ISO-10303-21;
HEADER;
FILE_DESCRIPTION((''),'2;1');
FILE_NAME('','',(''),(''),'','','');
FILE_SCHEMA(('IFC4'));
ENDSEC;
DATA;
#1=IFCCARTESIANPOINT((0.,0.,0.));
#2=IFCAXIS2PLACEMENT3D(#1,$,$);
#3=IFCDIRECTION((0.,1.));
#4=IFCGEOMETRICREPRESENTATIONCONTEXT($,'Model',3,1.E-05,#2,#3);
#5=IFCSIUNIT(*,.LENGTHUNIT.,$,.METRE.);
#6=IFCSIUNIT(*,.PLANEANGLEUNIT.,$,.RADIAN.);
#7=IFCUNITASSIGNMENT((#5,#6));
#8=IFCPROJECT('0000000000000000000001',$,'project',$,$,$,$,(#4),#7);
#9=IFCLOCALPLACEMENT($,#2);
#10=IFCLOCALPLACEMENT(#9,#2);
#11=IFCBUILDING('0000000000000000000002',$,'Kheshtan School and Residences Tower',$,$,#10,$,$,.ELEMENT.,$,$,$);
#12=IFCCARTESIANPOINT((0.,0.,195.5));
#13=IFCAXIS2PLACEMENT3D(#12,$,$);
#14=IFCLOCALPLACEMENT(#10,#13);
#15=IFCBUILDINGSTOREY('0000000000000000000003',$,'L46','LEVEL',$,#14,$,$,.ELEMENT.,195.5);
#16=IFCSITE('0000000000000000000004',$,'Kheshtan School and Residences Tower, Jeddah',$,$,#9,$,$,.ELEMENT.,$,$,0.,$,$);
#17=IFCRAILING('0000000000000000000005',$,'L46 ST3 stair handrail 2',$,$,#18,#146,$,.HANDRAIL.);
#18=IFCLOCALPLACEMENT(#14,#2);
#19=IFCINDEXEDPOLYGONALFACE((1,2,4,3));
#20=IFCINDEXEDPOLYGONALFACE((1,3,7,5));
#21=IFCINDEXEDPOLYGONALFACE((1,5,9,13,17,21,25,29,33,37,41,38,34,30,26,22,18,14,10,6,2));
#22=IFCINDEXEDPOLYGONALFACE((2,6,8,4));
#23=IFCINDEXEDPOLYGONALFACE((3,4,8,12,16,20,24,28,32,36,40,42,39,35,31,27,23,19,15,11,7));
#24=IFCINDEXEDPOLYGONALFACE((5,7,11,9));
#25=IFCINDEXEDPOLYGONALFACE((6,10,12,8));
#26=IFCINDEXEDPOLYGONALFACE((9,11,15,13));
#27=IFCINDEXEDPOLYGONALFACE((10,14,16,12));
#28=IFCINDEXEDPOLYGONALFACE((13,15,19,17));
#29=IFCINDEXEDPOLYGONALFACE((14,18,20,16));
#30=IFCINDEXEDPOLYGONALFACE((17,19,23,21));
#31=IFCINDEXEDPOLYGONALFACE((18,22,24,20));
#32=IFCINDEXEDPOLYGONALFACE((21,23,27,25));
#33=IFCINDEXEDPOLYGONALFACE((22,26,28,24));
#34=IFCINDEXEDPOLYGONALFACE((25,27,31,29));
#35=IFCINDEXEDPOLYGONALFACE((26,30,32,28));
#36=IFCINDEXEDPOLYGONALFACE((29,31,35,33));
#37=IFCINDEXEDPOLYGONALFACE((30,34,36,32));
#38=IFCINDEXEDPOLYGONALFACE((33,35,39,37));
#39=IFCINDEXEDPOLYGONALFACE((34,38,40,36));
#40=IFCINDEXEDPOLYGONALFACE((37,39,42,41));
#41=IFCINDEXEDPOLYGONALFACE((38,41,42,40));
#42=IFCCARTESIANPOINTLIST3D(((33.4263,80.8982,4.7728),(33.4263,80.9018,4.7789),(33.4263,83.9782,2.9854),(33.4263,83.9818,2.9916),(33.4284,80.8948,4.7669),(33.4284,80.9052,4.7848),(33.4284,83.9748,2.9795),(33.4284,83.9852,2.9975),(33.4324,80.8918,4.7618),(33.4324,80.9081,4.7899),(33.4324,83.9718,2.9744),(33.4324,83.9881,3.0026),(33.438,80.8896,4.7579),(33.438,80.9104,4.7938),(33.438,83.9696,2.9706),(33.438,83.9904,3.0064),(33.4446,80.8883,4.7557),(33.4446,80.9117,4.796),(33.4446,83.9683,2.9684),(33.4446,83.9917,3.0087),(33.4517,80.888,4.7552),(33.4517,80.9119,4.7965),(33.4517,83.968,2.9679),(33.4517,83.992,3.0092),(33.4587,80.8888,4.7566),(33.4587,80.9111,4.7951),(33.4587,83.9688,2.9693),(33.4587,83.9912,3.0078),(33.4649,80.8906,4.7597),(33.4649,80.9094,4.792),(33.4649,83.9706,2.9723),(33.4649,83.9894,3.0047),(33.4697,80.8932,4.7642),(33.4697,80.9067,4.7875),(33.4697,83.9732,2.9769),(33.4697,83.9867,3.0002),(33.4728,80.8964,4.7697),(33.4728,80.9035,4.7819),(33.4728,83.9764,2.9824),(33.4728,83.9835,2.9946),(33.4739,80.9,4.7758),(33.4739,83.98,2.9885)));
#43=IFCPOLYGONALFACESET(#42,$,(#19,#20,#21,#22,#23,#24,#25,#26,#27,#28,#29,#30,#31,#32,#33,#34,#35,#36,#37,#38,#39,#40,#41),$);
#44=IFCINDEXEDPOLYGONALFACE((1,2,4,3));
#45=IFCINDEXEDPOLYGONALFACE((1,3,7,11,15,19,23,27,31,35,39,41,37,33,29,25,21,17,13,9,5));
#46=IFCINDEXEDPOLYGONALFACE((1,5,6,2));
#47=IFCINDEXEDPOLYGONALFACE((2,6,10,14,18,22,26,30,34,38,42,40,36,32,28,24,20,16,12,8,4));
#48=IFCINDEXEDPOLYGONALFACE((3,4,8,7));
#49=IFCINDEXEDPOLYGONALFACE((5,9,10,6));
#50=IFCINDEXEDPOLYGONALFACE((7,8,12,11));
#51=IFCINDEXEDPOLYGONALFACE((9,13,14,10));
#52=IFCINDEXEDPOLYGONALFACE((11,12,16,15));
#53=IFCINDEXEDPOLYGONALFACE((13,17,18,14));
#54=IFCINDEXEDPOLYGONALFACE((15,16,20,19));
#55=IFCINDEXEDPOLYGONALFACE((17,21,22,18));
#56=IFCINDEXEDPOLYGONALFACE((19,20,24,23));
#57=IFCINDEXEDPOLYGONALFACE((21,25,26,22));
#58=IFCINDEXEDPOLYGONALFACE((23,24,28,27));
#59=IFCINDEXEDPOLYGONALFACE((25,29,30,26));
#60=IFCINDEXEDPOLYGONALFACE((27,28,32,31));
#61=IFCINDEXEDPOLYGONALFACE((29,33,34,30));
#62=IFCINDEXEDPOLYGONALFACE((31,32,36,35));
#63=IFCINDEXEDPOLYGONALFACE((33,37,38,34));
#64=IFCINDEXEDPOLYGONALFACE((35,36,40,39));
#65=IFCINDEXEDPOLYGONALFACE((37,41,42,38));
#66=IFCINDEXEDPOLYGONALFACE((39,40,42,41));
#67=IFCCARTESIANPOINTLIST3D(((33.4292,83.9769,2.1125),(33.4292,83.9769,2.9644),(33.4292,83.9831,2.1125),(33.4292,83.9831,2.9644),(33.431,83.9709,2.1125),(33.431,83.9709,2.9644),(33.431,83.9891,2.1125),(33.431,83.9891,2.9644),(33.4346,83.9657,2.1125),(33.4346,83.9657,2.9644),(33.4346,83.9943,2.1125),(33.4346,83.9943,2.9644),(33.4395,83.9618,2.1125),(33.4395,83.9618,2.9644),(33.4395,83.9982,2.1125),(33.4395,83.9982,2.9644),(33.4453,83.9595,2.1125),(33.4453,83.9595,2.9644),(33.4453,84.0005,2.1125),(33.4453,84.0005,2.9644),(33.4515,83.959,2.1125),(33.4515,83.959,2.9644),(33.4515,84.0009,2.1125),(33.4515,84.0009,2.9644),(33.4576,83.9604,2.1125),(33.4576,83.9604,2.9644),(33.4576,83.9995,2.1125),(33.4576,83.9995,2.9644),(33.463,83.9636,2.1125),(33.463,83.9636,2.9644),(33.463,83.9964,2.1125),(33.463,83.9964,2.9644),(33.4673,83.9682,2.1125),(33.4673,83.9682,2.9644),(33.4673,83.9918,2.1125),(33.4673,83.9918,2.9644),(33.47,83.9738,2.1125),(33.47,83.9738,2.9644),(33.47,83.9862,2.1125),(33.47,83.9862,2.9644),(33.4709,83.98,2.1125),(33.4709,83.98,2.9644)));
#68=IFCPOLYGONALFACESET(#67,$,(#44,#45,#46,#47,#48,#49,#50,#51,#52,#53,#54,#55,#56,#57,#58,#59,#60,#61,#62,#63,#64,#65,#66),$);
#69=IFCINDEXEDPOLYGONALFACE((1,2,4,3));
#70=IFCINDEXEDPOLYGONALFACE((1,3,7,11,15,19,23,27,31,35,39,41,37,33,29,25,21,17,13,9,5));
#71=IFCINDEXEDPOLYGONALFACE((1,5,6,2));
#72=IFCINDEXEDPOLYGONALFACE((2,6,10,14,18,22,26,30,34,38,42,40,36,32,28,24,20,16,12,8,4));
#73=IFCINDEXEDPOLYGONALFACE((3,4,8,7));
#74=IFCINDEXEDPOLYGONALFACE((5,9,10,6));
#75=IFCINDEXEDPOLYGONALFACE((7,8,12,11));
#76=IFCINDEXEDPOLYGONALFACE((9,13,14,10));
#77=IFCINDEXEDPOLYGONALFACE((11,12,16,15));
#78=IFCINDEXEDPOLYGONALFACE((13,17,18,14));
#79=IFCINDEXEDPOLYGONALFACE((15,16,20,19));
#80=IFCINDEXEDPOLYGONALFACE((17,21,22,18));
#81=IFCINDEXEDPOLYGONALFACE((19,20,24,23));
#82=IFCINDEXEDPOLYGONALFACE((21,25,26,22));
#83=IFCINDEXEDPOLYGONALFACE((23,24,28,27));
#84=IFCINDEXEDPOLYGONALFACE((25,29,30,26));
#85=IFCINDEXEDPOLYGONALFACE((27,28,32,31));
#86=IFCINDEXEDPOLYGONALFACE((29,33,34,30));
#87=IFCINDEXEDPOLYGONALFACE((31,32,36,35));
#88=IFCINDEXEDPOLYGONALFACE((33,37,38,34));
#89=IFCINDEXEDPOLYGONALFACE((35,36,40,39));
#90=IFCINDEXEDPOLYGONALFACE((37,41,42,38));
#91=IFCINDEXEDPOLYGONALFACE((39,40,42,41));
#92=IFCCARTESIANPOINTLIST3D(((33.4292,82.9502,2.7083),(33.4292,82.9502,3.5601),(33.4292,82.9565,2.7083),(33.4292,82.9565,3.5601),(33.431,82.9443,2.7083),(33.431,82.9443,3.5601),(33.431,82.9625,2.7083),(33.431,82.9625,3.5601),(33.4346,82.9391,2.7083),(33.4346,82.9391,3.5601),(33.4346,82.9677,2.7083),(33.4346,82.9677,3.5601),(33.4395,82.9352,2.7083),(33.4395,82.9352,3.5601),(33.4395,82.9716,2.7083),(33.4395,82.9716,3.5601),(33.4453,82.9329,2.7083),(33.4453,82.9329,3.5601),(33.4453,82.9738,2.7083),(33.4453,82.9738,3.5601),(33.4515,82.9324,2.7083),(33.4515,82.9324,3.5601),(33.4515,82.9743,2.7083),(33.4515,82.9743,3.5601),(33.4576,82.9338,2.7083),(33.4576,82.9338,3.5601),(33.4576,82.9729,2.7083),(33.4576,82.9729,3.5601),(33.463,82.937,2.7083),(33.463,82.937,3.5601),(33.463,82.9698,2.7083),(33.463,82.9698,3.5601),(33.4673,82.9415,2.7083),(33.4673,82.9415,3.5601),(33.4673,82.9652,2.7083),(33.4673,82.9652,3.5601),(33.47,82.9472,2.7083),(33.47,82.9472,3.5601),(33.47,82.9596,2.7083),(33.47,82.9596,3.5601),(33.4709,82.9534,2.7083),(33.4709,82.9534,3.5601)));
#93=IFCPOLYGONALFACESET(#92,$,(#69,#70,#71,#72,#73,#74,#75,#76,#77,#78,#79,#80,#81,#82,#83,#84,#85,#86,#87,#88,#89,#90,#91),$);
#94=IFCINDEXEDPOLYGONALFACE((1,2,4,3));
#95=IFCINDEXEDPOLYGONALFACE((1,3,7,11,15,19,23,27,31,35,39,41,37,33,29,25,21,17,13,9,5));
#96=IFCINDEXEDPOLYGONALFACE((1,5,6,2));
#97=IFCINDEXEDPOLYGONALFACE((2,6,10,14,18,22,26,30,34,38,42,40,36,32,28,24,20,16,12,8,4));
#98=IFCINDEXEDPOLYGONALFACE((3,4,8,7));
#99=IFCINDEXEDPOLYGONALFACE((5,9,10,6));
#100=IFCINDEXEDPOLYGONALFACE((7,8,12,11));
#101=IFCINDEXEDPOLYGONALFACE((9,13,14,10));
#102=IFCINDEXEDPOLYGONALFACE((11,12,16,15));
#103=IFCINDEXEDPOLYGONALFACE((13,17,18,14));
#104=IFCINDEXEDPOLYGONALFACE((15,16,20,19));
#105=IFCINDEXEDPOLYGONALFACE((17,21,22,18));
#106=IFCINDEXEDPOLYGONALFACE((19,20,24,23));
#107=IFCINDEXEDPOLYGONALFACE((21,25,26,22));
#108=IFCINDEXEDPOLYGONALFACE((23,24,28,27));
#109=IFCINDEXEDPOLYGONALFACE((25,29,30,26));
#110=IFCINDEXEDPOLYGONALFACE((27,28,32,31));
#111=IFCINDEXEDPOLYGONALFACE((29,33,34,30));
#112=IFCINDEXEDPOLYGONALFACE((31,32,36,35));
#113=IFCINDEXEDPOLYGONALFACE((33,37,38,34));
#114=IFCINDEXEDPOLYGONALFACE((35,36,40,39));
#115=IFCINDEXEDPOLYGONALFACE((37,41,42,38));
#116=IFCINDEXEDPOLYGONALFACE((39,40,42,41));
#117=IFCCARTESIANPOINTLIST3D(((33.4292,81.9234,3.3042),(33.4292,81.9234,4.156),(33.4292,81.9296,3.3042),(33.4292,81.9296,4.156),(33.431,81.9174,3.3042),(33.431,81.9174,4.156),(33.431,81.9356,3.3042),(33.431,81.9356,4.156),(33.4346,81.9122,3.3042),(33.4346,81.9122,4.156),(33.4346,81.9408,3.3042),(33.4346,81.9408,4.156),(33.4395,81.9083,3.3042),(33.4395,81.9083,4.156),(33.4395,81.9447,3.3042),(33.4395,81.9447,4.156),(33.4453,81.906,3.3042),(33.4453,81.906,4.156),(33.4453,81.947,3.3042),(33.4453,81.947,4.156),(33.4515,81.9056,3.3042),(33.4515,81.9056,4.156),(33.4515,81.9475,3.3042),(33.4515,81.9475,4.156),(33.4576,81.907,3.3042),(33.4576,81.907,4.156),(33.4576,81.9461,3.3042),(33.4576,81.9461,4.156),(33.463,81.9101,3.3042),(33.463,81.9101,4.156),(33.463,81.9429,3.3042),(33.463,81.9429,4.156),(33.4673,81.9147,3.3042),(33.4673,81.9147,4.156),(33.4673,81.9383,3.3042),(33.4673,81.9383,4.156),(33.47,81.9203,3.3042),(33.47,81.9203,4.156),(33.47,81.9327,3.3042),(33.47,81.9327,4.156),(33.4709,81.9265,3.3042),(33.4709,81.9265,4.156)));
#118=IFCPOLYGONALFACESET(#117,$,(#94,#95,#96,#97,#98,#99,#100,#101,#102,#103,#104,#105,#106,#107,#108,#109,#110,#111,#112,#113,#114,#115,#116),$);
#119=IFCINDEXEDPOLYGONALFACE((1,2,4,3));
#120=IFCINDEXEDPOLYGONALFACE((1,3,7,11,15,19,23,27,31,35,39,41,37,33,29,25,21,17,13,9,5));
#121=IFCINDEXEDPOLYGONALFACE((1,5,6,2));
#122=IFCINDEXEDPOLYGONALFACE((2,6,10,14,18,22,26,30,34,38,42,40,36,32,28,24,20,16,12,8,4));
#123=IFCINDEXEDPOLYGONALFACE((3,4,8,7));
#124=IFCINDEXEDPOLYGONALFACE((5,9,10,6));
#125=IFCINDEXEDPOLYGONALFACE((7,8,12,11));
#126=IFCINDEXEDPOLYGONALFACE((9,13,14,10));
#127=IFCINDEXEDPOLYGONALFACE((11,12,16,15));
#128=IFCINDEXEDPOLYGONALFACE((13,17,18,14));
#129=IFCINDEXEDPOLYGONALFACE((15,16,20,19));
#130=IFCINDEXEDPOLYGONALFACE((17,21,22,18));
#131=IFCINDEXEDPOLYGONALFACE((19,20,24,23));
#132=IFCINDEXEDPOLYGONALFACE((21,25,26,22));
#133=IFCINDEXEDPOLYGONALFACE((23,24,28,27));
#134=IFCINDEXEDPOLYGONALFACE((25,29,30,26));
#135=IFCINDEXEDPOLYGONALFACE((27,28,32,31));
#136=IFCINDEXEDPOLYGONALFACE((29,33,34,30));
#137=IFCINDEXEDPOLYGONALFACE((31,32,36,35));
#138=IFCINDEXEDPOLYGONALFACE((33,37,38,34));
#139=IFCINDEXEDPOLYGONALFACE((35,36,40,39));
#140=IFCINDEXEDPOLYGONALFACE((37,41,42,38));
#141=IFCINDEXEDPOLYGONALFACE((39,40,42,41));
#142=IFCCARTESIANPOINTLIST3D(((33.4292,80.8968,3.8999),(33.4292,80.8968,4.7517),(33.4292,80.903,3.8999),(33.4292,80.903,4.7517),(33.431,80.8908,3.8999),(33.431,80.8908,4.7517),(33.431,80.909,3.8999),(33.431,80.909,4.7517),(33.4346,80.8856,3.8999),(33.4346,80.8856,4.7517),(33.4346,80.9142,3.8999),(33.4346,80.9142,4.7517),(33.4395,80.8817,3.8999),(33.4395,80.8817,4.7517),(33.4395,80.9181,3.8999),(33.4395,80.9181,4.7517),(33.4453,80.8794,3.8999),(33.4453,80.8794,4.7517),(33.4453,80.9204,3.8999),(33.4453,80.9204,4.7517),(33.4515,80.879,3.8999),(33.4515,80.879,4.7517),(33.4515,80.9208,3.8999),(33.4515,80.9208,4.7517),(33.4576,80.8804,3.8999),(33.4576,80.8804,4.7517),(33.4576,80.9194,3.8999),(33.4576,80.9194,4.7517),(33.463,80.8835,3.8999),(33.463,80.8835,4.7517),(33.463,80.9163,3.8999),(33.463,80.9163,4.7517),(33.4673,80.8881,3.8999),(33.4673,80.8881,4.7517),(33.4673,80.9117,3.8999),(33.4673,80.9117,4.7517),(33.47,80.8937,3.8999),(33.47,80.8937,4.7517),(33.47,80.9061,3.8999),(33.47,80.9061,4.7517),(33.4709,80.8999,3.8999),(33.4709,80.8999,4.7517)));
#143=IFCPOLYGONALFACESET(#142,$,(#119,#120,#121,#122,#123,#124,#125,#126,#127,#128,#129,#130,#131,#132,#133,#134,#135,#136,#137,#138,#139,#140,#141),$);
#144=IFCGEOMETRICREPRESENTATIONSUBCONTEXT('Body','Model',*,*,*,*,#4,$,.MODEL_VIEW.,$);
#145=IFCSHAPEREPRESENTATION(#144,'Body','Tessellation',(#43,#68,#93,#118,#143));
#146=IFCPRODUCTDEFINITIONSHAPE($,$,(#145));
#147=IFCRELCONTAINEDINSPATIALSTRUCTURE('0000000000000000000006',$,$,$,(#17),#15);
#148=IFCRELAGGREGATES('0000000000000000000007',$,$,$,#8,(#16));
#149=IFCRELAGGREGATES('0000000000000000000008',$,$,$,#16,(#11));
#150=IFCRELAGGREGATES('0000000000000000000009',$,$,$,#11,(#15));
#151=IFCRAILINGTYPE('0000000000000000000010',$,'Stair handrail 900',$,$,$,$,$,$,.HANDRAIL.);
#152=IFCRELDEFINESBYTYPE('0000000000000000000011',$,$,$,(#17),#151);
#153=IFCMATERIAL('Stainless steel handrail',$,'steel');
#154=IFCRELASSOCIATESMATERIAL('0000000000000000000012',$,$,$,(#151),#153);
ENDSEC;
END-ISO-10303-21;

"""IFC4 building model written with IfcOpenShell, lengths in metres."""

from ifc_helpers import new_model, si_unit, direction, frame, origin, origin_2d, place, context, subcontext, project, spatial, circle, extrude, material, type_object, element, save


model = new_model("IFC4")

# Units and contexts
model_context = context("Model", 3, precision=1e-05, world=origin(), true_north=direction((0.0, 1.0)))
body_context = subcontext(model_context, "Body", "Model", "MODEL_VIEW")
ifc_project = project(units=[si_unit("LENGTHUNIT", "METRE"), si_unit("PLANEANGLEUNIT", "RADIAN")], contexts=[model_context])

# Site, building, storey
site_placement = place(None, origin())
site = spatial("IfcSite", under=ifc_project, at=site_placement, Name="Kheshtan School and Residences Tower, Jeddah", CompositionType="ELEMENT", RefElevation=0.0)
building_placement = place(site_placement, origin())
building = spatial("IfcBuilding", under=site, at=building_placement, Name="Kheshtan School and Residences Tower", CompositionType="ELEMENT")
storey_placement = place(building_placement, frame((0.0, 0.0, 195.5)))
storey = spatial("IfcBuildingStorey", under=building, at=storey_placement, Name="L46", Description="LEVEL", CompositionType="ELEMENT", Elevation=195.5)

# Railing
ifc_material_1 = material(Name="Stainless steel handrail", Category="steel")
railing_type_1 = type_object("IfcRailingType", Name="Stair handrail 900", PredefinedType="HANDRAIL", material=ifc_material_1)
railing_1_placement = place(storey_placement, frame((33.45, 83.98, 2.1125)))
element("IfcRailing", 1, at=railing_1_placement, inside=storey, type_object=railing_type_1, Name="L46 ST3 stair handrail 2", PredefinedType="HANDRAIL", context=body_context, shape_type="SweptSolid", body=[
    extrude(circle(Radius=0.0239, at=origin_2d()), frame((0.0, 0.0, 0.876), z_axis=(0.0, -0.86492, 0.501909), x_axis=(1.0, 0.0, 0.0)), (0.0, 0.0, 1.0), 3.561),
    extrude(circle(Radius=0.021, at=origin_2d()), origin(), (0.0, 0.0, 1.0), 0.8518),
    extrude(circle(Radius=0.021, at=origin_2d()), frame((0.0, -1.0266, 0.5957)), (0.0, 0.0, 1.0), 0.8518),
    extrude(circle(Radius=0.021, at=origin_2d()), frame((0.0, -2.0535, 1.1917)), (0.0, 0.0, 1.0), 0.8518),
    extrude(circle(Radius=0.021, at=origin_2d()), frame((0.0, -3.0801, 1.7874)), (0.0, 0.0, 1.0), 0.8518),
])

save(model, "model.ifc")
